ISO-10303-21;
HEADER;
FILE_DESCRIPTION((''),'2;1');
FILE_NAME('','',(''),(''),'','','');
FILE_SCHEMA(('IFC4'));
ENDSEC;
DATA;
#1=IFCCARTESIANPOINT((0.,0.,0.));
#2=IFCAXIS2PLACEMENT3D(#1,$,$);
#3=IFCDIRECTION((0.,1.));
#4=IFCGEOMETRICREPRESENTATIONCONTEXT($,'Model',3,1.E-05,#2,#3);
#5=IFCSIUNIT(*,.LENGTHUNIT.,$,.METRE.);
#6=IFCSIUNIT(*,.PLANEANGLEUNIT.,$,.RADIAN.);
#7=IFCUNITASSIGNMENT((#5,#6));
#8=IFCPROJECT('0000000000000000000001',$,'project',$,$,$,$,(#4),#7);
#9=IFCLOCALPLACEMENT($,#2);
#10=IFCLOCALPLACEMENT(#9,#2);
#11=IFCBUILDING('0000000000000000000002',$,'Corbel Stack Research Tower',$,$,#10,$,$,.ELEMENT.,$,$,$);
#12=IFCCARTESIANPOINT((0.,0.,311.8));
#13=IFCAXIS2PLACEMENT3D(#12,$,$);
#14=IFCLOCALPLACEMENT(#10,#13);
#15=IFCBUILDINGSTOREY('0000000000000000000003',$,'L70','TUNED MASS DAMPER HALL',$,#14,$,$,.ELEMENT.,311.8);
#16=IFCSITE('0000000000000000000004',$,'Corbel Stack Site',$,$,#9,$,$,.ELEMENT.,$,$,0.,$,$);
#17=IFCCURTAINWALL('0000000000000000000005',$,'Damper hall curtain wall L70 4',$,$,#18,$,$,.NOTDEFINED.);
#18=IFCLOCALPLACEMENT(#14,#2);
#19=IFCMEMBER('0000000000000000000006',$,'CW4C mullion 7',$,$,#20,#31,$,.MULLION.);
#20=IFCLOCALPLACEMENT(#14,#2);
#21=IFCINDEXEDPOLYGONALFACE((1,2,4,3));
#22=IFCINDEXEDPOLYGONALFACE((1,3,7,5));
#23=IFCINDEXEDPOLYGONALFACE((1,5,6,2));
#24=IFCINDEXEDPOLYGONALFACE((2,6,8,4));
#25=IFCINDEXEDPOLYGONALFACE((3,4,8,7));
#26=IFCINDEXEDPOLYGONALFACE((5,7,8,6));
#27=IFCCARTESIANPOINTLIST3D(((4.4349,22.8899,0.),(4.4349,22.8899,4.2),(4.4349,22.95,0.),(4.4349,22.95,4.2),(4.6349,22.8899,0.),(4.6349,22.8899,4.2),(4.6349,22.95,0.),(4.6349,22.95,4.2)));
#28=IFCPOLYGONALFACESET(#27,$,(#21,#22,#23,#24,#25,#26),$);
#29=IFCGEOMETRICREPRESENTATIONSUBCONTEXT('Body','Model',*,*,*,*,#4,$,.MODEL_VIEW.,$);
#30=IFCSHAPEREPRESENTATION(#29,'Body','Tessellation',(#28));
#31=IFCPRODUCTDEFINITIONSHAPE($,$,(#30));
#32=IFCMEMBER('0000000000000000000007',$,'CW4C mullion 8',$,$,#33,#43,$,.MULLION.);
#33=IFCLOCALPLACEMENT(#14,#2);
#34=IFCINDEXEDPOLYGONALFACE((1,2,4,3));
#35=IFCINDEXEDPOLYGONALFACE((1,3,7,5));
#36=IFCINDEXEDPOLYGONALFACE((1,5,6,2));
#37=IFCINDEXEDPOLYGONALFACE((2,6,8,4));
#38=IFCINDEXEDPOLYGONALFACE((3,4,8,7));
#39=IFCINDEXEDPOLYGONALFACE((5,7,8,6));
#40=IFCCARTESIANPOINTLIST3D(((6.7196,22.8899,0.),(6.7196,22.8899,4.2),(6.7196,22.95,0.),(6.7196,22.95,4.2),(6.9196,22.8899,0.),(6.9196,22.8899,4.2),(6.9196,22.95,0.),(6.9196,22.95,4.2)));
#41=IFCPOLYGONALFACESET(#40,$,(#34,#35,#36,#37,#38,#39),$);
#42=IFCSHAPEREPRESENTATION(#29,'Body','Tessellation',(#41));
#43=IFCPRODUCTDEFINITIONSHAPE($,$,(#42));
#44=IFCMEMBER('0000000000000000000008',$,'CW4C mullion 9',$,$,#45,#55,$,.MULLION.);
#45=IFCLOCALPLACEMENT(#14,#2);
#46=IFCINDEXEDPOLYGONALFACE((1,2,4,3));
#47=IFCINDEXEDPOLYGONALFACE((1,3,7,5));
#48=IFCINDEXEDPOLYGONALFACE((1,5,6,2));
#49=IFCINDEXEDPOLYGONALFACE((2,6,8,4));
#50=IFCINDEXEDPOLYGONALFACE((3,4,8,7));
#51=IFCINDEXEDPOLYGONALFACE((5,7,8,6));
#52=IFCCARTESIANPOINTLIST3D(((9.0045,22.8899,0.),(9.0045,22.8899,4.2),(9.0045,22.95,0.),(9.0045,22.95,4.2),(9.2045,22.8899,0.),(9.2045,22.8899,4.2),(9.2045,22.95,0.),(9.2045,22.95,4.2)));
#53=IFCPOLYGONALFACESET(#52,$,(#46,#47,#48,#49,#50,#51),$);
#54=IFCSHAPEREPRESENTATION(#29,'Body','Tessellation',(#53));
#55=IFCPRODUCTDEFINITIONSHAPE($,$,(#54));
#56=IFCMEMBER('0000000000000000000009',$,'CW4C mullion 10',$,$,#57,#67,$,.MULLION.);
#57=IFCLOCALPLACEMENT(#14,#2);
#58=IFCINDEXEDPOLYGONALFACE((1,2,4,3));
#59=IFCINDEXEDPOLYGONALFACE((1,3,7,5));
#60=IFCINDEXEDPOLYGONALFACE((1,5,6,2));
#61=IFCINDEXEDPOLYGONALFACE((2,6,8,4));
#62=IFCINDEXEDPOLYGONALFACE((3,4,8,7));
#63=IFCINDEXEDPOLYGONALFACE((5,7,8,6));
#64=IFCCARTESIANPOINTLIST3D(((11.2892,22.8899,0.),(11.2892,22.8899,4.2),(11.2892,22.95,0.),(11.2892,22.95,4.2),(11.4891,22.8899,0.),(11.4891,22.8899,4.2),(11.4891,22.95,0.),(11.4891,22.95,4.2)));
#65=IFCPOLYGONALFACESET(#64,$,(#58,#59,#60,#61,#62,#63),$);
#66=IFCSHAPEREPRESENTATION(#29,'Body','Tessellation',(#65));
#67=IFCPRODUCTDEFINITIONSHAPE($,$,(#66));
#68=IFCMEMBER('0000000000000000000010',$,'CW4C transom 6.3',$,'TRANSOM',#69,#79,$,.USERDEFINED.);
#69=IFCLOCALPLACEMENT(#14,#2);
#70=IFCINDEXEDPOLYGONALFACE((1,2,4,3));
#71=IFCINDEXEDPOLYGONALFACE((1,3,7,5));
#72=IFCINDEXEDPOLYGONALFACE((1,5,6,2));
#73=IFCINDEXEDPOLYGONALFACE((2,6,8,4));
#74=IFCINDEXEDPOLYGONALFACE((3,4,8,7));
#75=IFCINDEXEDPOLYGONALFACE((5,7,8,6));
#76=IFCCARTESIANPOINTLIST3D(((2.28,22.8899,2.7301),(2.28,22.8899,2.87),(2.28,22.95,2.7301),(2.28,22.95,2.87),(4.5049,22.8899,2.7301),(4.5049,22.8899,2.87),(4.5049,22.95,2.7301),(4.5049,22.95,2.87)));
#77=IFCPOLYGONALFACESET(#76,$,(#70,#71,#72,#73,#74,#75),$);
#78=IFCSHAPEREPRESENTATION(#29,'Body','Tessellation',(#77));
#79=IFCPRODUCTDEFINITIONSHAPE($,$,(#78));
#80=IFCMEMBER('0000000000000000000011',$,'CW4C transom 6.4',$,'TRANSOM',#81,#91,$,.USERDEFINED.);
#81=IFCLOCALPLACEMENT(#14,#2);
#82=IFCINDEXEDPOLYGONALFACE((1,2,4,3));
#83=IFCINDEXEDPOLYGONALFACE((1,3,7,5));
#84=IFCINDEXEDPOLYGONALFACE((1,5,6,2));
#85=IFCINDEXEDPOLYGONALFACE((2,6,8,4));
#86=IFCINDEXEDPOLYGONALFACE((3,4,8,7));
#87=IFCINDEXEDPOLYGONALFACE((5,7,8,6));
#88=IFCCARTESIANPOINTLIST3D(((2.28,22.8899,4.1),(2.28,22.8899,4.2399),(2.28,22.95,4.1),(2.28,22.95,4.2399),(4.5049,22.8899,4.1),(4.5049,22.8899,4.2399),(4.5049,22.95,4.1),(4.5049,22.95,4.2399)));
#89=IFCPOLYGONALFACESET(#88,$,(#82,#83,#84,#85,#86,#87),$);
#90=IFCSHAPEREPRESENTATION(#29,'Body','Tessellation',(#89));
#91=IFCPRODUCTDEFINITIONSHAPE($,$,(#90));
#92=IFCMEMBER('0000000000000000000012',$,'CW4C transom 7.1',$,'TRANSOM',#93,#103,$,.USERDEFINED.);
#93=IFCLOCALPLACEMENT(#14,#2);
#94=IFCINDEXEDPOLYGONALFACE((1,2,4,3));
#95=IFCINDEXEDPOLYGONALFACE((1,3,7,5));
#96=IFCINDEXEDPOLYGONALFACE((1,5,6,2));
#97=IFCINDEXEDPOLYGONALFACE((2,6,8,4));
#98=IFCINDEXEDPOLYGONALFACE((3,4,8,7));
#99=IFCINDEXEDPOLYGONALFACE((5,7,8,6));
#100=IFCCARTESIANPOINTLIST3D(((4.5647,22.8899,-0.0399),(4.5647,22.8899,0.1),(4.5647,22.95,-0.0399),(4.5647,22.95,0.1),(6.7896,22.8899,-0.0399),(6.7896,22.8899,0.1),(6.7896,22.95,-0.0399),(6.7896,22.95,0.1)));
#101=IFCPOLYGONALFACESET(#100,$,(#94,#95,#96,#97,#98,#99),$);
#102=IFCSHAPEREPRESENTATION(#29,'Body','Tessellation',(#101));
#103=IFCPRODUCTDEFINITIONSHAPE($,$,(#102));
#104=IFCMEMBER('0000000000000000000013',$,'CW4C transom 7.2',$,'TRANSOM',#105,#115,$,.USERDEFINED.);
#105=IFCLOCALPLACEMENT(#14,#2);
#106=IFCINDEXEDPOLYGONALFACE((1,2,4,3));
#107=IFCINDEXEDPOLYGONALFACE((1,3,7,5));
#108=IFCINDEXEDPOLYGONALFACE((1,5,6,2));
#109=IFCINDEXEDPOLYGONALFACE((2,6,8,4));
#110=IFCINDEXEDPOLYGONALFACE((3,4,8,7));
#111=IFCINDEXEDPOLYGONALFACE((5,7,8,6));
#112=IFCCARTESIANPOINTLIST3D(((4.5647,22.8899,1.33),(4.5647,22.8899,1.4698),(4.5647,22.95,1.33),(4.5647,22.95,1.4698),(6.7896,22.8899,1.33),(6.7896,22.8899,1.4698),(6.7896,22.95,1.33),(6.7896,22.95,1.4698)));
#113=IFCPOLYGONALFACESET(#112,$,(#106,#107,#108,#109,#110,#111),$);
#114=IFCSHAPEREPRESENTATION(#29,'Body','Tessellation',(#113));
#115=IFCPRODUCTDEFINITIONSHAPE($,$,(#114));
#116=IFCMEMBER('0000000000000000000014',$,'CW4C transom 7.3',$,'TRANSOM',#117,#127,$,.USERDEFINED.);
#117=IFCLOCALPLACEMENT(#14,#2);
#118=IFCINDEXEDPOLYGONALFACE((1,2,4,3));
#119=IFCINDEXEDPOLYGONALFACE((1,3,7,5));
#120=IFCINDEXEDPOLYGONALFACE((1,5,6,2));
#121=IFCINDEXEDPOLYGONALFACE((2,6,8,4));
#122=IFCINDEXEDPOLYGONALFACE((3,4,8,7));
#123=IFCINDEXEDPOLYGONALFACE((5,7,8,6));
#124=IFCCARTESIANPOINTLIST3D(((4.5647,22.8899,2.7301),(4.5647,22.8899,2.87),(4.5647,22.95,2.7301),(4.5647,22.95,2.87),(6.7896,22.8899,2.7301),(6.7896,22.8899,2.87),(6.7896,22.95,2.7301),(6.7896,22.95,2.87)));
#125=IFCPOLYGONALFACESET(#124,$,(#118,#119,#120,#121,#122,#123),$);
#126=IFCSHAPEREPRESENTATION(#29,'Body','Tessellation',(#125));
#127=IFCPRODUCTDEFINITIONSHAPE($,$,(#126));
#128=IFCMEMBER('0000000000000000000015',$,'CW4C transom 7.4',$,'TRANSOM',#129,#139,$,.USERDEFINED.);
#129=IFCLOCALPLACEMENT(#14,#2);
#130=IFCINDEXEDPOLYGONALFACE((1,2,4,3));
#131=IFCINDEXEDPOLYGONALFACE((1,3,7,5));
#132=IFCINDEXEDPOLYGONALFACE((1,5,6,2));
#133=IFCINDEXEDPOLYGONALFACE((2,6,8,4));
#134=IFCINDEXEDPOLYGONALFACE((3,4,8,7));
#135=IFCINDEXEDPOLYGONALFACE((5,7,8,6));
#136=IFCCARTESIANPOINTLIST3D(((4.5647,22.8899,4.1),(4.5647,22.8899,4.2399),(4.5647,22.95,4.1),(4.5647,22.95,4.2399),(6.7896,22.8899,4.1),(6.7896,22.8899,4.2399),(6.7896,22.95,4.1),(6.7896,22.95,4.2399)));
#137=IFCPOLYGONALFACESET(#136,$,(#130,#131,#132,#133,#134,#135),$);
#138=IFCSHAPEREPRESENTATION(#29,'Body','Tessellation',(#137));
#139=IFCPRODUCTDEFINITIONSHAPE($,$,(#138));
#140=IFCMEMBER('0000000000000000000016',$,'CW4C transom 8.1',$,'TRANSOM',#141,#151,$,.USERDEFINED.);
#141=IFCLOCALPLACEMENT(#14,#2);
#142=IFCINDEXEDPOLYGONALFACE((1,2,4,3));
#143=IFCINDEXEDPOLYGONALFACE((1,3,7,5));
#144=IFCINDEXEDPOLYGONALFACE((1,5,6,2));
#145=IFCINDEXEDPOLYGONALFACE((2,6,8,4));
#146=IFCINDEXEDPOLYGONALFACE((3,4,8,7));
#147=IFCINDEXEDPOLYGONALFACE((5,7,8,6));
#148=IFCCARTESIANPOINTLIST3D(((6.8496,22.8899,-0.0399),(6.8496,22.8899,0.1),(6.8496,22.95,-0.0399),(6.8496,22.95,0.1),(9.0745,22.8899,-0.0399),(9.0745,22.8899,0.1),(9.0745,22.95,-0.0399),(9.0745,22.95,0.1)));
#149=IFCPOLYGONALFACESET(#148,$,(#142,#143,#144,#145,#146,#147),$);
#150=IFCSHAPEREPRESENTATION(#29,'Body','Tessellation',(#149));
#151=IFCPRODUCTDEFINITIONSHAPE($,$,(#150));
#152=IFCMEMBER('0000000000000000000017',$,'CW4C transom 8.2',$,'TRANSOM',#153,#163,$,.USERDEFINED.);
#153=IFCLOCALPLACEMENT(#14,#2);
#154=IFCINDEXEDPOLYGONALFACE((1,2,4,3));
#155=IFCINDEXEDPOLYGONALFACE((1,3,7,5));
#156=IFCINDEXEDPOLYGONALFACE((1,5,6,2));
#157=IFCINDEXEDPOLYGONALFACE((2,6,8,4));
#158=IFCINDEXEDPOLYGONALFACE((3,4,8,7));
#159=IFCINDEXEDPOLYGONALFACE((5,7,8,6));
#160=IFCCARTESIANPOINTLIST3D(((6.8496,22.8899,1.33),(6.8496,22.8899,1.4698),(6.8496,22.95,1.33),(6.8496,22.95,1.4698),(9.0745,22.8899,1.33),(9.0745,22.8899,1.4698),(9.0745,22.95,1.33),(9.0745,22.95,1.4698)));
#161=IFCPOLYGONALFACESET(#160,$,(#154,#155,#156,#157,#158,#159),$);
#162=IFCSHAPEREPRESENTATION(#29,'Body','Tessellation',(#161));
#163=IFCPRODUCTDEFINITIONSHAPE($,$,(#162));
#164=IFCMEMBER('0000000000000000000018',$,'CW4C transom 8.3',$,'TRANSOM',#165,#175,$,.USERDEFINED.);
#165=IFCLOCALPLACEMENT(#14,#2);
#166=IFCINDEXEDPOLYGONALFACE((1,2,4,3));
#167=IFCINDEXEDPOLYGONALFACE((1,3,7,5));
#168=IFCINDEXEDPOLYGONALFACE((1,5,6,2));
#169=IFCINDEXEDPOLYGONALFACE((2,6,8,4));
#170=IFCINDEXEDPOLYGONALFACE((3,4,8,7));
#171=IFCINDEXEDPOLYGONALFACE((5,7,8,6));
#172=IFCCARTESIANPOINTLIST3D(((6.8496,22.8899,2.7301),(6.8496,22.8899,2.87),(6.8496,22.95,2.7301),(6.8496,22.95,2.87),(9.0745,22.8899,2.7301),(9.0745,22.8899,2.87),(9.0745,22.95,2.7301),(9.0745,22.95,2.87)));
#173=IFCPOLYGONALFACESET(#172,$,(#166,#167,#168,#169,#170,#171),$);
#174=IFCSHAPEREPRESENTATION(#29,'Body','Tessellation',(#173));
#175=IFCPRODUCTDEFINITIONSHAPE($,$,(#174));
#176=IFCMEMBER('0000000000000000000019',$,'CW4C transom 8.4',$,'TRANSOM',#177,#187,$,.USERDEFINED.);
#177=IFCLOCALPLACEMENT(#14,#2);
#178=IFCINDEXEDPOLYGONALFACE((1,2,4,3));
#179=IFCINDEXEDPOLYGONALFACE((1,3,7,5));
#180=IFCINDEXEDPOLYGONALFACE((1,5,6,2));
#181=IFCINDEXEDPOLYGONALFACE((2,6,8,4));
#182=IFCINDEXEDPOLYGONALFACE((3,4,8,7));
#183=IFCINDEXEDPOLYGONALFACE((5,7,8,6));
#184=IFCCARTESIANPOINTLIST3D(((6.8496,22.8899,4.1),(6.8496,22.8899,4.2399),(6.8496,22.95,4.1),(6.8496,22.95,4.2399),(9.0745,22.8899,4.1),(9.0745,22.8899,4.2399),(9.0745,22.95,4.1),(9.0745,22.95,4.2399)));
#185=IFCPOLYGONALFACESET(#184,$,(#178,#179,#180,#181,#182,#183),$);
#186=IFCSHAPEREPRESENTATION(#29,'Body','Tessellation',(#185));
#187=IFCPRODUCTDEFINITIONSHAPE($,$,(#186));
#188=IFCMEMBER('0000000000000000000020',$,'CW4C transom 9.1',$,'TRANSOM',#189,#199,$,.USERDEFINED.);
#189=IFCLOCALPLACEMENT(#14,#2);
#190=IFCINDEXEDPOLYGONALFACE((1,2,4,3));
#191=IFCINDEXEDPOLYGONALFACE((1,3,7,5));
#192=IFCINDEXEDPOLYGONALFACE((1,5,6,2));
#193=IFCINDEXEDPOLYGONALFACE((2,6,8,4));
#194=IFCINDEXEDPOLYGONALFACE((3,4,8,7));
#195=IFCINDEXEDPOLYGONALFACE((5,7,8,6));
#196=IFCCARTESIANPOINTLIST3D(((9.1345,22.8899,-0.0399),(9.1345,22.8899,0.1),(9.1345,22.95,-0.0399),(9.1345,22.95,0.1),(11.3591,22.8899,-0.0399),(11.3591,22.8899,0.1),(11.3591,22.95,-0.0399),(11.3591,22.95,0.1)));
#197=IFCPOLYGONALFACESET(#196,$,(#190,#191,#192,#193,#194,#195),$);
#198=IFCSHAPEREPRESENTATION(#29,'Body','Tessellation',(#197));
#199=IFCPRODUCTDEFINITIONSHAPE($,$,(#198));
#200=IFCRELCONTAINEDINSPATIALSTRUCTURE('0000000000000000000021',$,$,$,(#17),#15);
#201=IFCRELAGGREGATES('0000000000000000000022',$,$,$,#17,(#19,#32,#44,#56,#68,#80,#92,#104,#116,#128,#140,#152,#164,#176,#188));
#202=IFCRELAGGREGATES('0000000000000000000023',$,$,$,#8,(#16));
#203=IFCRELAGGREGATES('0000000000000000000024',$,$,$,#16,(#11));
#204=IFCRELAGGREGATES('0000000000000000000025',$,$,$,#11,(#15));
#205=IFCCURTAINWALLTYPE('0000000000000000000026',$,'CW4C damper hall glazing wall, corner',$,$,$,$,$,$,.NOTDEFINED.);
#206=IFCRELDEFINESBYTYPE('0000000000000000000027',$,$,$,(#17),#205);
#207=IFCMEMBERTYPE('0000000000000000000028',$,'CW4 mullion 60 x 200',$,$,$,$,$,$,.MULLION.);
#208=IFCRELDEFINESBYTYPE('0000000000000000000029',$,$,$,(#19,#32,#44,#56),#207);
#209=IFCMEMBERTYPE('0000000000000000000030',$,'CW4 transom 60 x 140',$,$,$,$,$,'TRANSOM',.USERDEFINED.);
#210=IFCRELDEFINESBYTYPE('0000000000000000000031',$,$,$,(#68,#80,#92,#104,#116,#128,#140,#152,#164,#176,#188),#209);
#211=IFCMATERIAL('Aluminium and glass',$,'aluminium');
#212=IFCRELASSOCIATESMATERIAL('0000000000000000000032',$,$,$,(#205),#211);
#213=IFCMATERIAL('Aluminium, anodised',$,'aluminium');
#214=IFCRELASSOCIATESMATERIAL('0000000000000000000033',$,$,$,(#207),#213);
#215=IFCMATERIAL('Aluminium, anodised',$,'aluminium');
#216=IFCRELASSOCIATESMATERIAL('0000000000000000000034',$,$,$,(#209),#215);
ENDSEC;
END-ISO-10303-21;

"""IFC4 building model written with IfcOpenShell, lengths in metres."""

from ifc_helpers import new_model, si_unit, direction, frame, origin, origin_2d, place, context, subcontext, project, spatial, rectangle, extrude, material, material_profile, profile_set, type_object, element, aggregate, save


model = new_model("IFC4")

# Units and contexts
model_context = context("Model", 3, precision=1e-05, world=origin(), true_north=direction((0.0, 1.0)))
body_context = subcontext(model_context, "Body", "Model", "MODEL_VIEW")
ifc_project = project(units=[si_unit("LENGTHUNIT", "METRE"), si_unit("PLANEANGLEUNIT", "RADIAN")], contexts=[model_context])

# Site, building, storey
site_placement = place(None, origin())
site = spatial("IfcSite", under=ifc_project, at=site_placement, Name="Corbel Stack Site", CompositionType="ELEMENT", RefElevation=0.0)
building_placement = place(site_placement, origin())
building = spatial("IfcBuilding", under=site, at=building_placement, Name="Corbel Stack Research Tower", CompositionType="ELEMENT")
storey_placement = place(building_placement, frame((0.0, 0.0, 311.8)))
storey = spatial("IfcBuildingStorey", under=building, at=storey_placement, Name="L70", Description="TUNED MASS DAMPER HALL", CompositionType="ELEMENT", Elevation=311.8)

# Curtain wall, members
ifc_material_1 = material(Name="Aluminium and glass", Category="aluminium")
curtain_wall_type = type_object("IfcCurtainWallType", Name="CW4C damper hall glazing wall, corner", PredefinedType="NOTDEFINED", material=ifc_material_1)
curtain_wall_placement = place(storey_placement, origin())
curtain_wall = element("IfcCurtainWall", 1, at=curtain_wall_placement, inside=storey, type_object=curtain_wall_type, Name="Damper hall curtain wall L70 4", PredefinedType="NOTDEFINED")
ifc_material_2 = material(Name="Aluminium, anodised", Category="aluminium")
ifc_material_profile_1 = material_profile(ifc_material_2, rectangle(XDim=0.0601, YDim=0.2, at=origin_2d()), Name="CW4 mullion 60 x 200")
ifc_profile_set_1 = profile_set([ifc_material_profile_1], Name="Aluminium, anodised")
member_type_1 = type_object("IfcMemberType", Name="CW4 mullion 60 x 200", PredefinedType="MULLION", material=ifc_profile_set_1)
member_1_placement = place(storey_placement, frame((4.5349, 22.9199, 0.0), z_axis=(0.0, 0.0, 1.0), x_axis=(0.0, 1.0, 0.0)))
member_1 = element("IfcMember", 2, at=member_1_placement, type_object=member_type_1, Name="CW4C mullion 7", PredefinedType="MULLION", context=body_context, shape_type="SweptSolid", body=[
    extrude(rectangle(XDim=0.0601, YDim=0.2, at=origin_2d()), origin(), (0.0, 0.0, 1.0), 4.2),
])
member_2_placement = place(storey_placement, frame((6.8196, 22.9199, 0.0), z_axis=(0.0, 0.0, 1.0), x_axis=(0.0, 1.0, 0.0)))
member_2 = element("IfcMember", 3, at=member_2_placement, type_object=member_type_1, Name="CW4C mullion 8", PredefinedType="MULLION", context=body_context, shape_type="SweptSolid", body=[
    extrude(rectangle(XDim=0.0601, YDim=0.2, at=origin_2d()), origin(), (0.0, 0.0, 1.0), 4.2),
])
member_3_placement = place(storey_placement, frame((9.1045, 22.9199, 0.0), z_axis=(0.0, 0.0, 1.0), x_axis=(0.0, 1.0, 0.0)))
member_3 = element("IfcMember", 4, at=member_3_placement, type_object=member_type_1, Name="CW4C mullion 9", PredefinedType="MULLION", context=body_context, shape_type="SweptSolid", body=[
    extrude(rectangle(XDim=0.0601, YDim=0.2, at=origin_2d()), origin(), (0.0, 0.0, 1.0), 4.2),
])
member_4_placement = place(storey_placement, frame((11.3892, 22.9199, 0.0), z_axis=(0.0, 0.0, 1.0), x_axis=(0.0, 1.0, 0.0)))
member_4 = element("IfcMember", 5, at=member_4_placement, type_object=member_type_1, Name="CW4C mullion 10", PredefinedType="MULLION", context=body_context, shape_type="SweptSolid", body=[
    extrude(rectangle(XDim=0.0601, YDim=0.2, at=origin_2d()), origin(), (0.0, 0.0, 1.0), 4.2),
])
ifc_material_3 = material(Name="Aluminium, anodised", Category="aluminium")
ifc_material_profile_2 = material_profile(ifc_material_3, rectangle(XDim=0.0601, YDim=0.1399, at=origin_2d()), Name="CW4 transom 60 x 140")
ifc_profile_set_2 = profile_set([ifc_material_profile_2], Name="Aluminium, anodised")
member_type_2 = type_object("IfcMemberType", Name="CW4 transom 60 x 140", ElementType="TRANSOM", PredefinedType="USERDEFINED", material=ifc_profile_set_2)
member_5_placement = place(storey_placement, frame((2.28, 22.9199, 2.8), z_axis=(1.0, 0.0, 0.0), x_axis=(0.0, 1.0, 0.0)))
member_5 = element("IfcMember", 6, at=member_5_placement, type_object=member_type_2, Name="CW4C transom 6.3", ObjectType="TRANSOM", PredefinedType="USERDEFINED", context=body_context, shape_type="SweptSolid", body=[
    extrude(rectangle(XDim=0.0601, YDim=0.1399, at=origin_2d()), origin(), (0.0, 0.0, 1.0), 2.2249),
])
member_6_placement = place(storey_placement, frame((2.28, 22.9199, 4.1699), z_axis=(1.0, 0.0, 0.0), x_axis=(0.0, 1.0, 0.0)))
member_6 = element("IfcMember", 7, at=member_6_placement, type_object=member_type_2, Name="CW4C transom 6.4", ObjectType="TRANSOM", PredefinedType="USERDEFINED", context=body_context, shape_type="SweptSolid", body=[
    extrude(rectangle(XDim=0.0601, YDim=0.1399, at=origin_2d()), origin(), (0.0, 0.0, 1.0), 2.2249),
])
member_7_placement = place(storey_placement, frame((4.5647, 22.9199, 0.03), z_axis=(1.0, 0.0, 0.0), x_axis=(0.0, 1.0, 0.0)))
member_7 = element("IfcMember", 8, at=member_7_placement, type_object=member_type_2, Name="CW4C transom 7.1", ObjectType="TRANSOM", PredefinedType="USERDEFINED", context=body_context, shape_type="SweptSolid", body=[
    extrude(rectangle(XDim=0.0601, YDim=0.1399, at=origin_2d()), origin(), (0.0, 0.0, 1.0), 2.2249),
])
member_8_placement = place(storey_placement, frame((4.5647, 22.9199, 1.3999), z_axis=(1.0, 0.0, 0.0), x_axis=(0.0, 1.0, 0.0)))
member_8 = element("IfcMember", 9, at=member_8_placement, type_object=member_type_2, Name="CW4C transom 7.2", ObjectType="TRANSOM", PredefinedType="USERDEFINED", context=body_context, shape_type="SweptSolid", body=[
    extrude(rectangle(XDim=0.0601, YDim=0.1399, at=origin_2d()), origin(), (0.0, 0.0, 1.0), 2.2249),
])
member_9_placement = place(storey_placement, frame((4.5647, 22.9199, 2.8), z_axis=(1.0, 0.0, 0.0), x_axis=(0.0, 1.0, 0.0)))
member_9 = element("IfcMember", 10, at=member_9_placement, type_object=member_type_2, Name="CW4C transom 7.3", ObjectType="TRANSOM", PredefinedType="USERDEFINED", context=body_context, shape_type="SweptSolid", body=[
    extrude(rectangle(XDim=0.0601, YDim=0.1399, at=origin_2d()), origin(), (0.0, 0.0, 1.0), 2.2249),
])
member_10_placement = place(storey_placement, frame((4.5647, 22.9199, 4.1699), z_axis=(1.0, 0.0, 0.0), x_axis=(0.0, 1.0, 0.0)))
member_10 = element("IfcMember", 11, at=member_10_placement, type_object=member_type_2, Name="CW4C transom 7.4", ObjectType="TRANSOM", PredefinedType="USERDEFINED", context=body_context, shape_type="SweptSolid", body=[
    extrude(rectangle(XDim=0.0601, YDim=0.1399, at=origin_2d()), origin(), (0.0, 0.0, 1.0), 2.2249),
])
member_11_placement = place(storey_placement, frame((6.8496, 22.9199, 0.03), z_axis=(1.0, 0.0, 0.0), x_axis=(0.0, 1.0, 0.0)))
member_11 = element("IfcMember", 12, at=member_11_placement, type_object=member_type_2, Name="CW4C transom 8.1", ObjectType="TRANSOM", PredefinedType="USERDEFINED", context=body_context, shape_type="SweptSolid", body=[
    extrude(rectangle(XDim=0.0601, YDim=0.1399, at=origin_2d()), origin(), (0.0, 0.0, 1.0), 2.2249),
])
member_12_placement = place(storey_placement, frame((6.8496, 22.9199, 1.3999), z_axis=(1.0, 0.0, 0.0), x_axis=(0.0, 1.0, 0.0)))
member_12 = element("IfcMember", 13, at=member_12_placement, type_object=member_type_2, Name="CW4C transom 8.2", ObjectType="TRANSOM", PredefinedType="USERDEFINED", context=body_context, shape_type="SweptSolid", body=[
    extrude(rectangle(XDim=0.0601, YDim=0.1399, at=origin_2d()), origin(), (0.0, 0.0, 1.0), 2.2249),
])
member_13_placement = place(storey_placement, frame((6.8496, 22.9199, 2.8), z_axis=(1.0, 0.0, 0.0), x_axis=(0.0, 1.0, 0.0)))
member_13 = element("IfcMember", 14, at=member_13_placement, type_object=member_type_2, Name="CW4C transom 8.3", ObjectType="TRANSOM", PredefinedType="USERDEFINED", context=body_context, shape_type="SweptSolid", body=[
    extrude(rectangle(XDim=0.0601, YDim=0.1399, at=origin_2d()), origin(), (0.0, 0.0, 1.0), 2.2249),
])
member_14_placement = place(storey_placement, frame((6.8496, 22.9199, 4.1699), z_axis=(1.0, 0.0, 0.0), x_axis=(0.0, 1.0, 0.0)))
member_14 = element("IfcMember", 15, at=member_14_placement, type_object=member_type_2, Name="CW4C transom 8.4", ObjectType="TRANSOM", PredefinedType="USERDEFINED", context=body_context, shape_type="SweptSolid", body=[
    extrude(rectangle(XDim=0.0601, YDim=0.1399, at=origin_2d()), origin(), (0.0, 0.0, 1.0), 2.2249),
])
member_15_placement = place(storey_placement, frame((9.1345, 22.9199, 0.03), z_axis=(1.0, 0.0, 0.0), x_axis=(0.0, 1.0, 0.0)))
member_15 = element("IfcMember", 16, at=member_15_placement, type_object=member_type_2, Name="CW4C transom 9.1", ObjectType="TRANSOM", PredefinedType="USERDEFINED", context=body_context, shape_type="SweptSolid", body=[
    extrude(rectangle(XDim=0.0601, YDim=0.1399, at=origin_2d()), origin(), (0.0, 0.0, 1.0), 2.2246),
])
aggregate(curtain_wall, [member_1, member_2, member_3, member_4, member_5, member_6, member_7, member_8, member_9, member_10, member_11, member_12, member_13, member_14, member_15])

save(model, "model.ifc")
